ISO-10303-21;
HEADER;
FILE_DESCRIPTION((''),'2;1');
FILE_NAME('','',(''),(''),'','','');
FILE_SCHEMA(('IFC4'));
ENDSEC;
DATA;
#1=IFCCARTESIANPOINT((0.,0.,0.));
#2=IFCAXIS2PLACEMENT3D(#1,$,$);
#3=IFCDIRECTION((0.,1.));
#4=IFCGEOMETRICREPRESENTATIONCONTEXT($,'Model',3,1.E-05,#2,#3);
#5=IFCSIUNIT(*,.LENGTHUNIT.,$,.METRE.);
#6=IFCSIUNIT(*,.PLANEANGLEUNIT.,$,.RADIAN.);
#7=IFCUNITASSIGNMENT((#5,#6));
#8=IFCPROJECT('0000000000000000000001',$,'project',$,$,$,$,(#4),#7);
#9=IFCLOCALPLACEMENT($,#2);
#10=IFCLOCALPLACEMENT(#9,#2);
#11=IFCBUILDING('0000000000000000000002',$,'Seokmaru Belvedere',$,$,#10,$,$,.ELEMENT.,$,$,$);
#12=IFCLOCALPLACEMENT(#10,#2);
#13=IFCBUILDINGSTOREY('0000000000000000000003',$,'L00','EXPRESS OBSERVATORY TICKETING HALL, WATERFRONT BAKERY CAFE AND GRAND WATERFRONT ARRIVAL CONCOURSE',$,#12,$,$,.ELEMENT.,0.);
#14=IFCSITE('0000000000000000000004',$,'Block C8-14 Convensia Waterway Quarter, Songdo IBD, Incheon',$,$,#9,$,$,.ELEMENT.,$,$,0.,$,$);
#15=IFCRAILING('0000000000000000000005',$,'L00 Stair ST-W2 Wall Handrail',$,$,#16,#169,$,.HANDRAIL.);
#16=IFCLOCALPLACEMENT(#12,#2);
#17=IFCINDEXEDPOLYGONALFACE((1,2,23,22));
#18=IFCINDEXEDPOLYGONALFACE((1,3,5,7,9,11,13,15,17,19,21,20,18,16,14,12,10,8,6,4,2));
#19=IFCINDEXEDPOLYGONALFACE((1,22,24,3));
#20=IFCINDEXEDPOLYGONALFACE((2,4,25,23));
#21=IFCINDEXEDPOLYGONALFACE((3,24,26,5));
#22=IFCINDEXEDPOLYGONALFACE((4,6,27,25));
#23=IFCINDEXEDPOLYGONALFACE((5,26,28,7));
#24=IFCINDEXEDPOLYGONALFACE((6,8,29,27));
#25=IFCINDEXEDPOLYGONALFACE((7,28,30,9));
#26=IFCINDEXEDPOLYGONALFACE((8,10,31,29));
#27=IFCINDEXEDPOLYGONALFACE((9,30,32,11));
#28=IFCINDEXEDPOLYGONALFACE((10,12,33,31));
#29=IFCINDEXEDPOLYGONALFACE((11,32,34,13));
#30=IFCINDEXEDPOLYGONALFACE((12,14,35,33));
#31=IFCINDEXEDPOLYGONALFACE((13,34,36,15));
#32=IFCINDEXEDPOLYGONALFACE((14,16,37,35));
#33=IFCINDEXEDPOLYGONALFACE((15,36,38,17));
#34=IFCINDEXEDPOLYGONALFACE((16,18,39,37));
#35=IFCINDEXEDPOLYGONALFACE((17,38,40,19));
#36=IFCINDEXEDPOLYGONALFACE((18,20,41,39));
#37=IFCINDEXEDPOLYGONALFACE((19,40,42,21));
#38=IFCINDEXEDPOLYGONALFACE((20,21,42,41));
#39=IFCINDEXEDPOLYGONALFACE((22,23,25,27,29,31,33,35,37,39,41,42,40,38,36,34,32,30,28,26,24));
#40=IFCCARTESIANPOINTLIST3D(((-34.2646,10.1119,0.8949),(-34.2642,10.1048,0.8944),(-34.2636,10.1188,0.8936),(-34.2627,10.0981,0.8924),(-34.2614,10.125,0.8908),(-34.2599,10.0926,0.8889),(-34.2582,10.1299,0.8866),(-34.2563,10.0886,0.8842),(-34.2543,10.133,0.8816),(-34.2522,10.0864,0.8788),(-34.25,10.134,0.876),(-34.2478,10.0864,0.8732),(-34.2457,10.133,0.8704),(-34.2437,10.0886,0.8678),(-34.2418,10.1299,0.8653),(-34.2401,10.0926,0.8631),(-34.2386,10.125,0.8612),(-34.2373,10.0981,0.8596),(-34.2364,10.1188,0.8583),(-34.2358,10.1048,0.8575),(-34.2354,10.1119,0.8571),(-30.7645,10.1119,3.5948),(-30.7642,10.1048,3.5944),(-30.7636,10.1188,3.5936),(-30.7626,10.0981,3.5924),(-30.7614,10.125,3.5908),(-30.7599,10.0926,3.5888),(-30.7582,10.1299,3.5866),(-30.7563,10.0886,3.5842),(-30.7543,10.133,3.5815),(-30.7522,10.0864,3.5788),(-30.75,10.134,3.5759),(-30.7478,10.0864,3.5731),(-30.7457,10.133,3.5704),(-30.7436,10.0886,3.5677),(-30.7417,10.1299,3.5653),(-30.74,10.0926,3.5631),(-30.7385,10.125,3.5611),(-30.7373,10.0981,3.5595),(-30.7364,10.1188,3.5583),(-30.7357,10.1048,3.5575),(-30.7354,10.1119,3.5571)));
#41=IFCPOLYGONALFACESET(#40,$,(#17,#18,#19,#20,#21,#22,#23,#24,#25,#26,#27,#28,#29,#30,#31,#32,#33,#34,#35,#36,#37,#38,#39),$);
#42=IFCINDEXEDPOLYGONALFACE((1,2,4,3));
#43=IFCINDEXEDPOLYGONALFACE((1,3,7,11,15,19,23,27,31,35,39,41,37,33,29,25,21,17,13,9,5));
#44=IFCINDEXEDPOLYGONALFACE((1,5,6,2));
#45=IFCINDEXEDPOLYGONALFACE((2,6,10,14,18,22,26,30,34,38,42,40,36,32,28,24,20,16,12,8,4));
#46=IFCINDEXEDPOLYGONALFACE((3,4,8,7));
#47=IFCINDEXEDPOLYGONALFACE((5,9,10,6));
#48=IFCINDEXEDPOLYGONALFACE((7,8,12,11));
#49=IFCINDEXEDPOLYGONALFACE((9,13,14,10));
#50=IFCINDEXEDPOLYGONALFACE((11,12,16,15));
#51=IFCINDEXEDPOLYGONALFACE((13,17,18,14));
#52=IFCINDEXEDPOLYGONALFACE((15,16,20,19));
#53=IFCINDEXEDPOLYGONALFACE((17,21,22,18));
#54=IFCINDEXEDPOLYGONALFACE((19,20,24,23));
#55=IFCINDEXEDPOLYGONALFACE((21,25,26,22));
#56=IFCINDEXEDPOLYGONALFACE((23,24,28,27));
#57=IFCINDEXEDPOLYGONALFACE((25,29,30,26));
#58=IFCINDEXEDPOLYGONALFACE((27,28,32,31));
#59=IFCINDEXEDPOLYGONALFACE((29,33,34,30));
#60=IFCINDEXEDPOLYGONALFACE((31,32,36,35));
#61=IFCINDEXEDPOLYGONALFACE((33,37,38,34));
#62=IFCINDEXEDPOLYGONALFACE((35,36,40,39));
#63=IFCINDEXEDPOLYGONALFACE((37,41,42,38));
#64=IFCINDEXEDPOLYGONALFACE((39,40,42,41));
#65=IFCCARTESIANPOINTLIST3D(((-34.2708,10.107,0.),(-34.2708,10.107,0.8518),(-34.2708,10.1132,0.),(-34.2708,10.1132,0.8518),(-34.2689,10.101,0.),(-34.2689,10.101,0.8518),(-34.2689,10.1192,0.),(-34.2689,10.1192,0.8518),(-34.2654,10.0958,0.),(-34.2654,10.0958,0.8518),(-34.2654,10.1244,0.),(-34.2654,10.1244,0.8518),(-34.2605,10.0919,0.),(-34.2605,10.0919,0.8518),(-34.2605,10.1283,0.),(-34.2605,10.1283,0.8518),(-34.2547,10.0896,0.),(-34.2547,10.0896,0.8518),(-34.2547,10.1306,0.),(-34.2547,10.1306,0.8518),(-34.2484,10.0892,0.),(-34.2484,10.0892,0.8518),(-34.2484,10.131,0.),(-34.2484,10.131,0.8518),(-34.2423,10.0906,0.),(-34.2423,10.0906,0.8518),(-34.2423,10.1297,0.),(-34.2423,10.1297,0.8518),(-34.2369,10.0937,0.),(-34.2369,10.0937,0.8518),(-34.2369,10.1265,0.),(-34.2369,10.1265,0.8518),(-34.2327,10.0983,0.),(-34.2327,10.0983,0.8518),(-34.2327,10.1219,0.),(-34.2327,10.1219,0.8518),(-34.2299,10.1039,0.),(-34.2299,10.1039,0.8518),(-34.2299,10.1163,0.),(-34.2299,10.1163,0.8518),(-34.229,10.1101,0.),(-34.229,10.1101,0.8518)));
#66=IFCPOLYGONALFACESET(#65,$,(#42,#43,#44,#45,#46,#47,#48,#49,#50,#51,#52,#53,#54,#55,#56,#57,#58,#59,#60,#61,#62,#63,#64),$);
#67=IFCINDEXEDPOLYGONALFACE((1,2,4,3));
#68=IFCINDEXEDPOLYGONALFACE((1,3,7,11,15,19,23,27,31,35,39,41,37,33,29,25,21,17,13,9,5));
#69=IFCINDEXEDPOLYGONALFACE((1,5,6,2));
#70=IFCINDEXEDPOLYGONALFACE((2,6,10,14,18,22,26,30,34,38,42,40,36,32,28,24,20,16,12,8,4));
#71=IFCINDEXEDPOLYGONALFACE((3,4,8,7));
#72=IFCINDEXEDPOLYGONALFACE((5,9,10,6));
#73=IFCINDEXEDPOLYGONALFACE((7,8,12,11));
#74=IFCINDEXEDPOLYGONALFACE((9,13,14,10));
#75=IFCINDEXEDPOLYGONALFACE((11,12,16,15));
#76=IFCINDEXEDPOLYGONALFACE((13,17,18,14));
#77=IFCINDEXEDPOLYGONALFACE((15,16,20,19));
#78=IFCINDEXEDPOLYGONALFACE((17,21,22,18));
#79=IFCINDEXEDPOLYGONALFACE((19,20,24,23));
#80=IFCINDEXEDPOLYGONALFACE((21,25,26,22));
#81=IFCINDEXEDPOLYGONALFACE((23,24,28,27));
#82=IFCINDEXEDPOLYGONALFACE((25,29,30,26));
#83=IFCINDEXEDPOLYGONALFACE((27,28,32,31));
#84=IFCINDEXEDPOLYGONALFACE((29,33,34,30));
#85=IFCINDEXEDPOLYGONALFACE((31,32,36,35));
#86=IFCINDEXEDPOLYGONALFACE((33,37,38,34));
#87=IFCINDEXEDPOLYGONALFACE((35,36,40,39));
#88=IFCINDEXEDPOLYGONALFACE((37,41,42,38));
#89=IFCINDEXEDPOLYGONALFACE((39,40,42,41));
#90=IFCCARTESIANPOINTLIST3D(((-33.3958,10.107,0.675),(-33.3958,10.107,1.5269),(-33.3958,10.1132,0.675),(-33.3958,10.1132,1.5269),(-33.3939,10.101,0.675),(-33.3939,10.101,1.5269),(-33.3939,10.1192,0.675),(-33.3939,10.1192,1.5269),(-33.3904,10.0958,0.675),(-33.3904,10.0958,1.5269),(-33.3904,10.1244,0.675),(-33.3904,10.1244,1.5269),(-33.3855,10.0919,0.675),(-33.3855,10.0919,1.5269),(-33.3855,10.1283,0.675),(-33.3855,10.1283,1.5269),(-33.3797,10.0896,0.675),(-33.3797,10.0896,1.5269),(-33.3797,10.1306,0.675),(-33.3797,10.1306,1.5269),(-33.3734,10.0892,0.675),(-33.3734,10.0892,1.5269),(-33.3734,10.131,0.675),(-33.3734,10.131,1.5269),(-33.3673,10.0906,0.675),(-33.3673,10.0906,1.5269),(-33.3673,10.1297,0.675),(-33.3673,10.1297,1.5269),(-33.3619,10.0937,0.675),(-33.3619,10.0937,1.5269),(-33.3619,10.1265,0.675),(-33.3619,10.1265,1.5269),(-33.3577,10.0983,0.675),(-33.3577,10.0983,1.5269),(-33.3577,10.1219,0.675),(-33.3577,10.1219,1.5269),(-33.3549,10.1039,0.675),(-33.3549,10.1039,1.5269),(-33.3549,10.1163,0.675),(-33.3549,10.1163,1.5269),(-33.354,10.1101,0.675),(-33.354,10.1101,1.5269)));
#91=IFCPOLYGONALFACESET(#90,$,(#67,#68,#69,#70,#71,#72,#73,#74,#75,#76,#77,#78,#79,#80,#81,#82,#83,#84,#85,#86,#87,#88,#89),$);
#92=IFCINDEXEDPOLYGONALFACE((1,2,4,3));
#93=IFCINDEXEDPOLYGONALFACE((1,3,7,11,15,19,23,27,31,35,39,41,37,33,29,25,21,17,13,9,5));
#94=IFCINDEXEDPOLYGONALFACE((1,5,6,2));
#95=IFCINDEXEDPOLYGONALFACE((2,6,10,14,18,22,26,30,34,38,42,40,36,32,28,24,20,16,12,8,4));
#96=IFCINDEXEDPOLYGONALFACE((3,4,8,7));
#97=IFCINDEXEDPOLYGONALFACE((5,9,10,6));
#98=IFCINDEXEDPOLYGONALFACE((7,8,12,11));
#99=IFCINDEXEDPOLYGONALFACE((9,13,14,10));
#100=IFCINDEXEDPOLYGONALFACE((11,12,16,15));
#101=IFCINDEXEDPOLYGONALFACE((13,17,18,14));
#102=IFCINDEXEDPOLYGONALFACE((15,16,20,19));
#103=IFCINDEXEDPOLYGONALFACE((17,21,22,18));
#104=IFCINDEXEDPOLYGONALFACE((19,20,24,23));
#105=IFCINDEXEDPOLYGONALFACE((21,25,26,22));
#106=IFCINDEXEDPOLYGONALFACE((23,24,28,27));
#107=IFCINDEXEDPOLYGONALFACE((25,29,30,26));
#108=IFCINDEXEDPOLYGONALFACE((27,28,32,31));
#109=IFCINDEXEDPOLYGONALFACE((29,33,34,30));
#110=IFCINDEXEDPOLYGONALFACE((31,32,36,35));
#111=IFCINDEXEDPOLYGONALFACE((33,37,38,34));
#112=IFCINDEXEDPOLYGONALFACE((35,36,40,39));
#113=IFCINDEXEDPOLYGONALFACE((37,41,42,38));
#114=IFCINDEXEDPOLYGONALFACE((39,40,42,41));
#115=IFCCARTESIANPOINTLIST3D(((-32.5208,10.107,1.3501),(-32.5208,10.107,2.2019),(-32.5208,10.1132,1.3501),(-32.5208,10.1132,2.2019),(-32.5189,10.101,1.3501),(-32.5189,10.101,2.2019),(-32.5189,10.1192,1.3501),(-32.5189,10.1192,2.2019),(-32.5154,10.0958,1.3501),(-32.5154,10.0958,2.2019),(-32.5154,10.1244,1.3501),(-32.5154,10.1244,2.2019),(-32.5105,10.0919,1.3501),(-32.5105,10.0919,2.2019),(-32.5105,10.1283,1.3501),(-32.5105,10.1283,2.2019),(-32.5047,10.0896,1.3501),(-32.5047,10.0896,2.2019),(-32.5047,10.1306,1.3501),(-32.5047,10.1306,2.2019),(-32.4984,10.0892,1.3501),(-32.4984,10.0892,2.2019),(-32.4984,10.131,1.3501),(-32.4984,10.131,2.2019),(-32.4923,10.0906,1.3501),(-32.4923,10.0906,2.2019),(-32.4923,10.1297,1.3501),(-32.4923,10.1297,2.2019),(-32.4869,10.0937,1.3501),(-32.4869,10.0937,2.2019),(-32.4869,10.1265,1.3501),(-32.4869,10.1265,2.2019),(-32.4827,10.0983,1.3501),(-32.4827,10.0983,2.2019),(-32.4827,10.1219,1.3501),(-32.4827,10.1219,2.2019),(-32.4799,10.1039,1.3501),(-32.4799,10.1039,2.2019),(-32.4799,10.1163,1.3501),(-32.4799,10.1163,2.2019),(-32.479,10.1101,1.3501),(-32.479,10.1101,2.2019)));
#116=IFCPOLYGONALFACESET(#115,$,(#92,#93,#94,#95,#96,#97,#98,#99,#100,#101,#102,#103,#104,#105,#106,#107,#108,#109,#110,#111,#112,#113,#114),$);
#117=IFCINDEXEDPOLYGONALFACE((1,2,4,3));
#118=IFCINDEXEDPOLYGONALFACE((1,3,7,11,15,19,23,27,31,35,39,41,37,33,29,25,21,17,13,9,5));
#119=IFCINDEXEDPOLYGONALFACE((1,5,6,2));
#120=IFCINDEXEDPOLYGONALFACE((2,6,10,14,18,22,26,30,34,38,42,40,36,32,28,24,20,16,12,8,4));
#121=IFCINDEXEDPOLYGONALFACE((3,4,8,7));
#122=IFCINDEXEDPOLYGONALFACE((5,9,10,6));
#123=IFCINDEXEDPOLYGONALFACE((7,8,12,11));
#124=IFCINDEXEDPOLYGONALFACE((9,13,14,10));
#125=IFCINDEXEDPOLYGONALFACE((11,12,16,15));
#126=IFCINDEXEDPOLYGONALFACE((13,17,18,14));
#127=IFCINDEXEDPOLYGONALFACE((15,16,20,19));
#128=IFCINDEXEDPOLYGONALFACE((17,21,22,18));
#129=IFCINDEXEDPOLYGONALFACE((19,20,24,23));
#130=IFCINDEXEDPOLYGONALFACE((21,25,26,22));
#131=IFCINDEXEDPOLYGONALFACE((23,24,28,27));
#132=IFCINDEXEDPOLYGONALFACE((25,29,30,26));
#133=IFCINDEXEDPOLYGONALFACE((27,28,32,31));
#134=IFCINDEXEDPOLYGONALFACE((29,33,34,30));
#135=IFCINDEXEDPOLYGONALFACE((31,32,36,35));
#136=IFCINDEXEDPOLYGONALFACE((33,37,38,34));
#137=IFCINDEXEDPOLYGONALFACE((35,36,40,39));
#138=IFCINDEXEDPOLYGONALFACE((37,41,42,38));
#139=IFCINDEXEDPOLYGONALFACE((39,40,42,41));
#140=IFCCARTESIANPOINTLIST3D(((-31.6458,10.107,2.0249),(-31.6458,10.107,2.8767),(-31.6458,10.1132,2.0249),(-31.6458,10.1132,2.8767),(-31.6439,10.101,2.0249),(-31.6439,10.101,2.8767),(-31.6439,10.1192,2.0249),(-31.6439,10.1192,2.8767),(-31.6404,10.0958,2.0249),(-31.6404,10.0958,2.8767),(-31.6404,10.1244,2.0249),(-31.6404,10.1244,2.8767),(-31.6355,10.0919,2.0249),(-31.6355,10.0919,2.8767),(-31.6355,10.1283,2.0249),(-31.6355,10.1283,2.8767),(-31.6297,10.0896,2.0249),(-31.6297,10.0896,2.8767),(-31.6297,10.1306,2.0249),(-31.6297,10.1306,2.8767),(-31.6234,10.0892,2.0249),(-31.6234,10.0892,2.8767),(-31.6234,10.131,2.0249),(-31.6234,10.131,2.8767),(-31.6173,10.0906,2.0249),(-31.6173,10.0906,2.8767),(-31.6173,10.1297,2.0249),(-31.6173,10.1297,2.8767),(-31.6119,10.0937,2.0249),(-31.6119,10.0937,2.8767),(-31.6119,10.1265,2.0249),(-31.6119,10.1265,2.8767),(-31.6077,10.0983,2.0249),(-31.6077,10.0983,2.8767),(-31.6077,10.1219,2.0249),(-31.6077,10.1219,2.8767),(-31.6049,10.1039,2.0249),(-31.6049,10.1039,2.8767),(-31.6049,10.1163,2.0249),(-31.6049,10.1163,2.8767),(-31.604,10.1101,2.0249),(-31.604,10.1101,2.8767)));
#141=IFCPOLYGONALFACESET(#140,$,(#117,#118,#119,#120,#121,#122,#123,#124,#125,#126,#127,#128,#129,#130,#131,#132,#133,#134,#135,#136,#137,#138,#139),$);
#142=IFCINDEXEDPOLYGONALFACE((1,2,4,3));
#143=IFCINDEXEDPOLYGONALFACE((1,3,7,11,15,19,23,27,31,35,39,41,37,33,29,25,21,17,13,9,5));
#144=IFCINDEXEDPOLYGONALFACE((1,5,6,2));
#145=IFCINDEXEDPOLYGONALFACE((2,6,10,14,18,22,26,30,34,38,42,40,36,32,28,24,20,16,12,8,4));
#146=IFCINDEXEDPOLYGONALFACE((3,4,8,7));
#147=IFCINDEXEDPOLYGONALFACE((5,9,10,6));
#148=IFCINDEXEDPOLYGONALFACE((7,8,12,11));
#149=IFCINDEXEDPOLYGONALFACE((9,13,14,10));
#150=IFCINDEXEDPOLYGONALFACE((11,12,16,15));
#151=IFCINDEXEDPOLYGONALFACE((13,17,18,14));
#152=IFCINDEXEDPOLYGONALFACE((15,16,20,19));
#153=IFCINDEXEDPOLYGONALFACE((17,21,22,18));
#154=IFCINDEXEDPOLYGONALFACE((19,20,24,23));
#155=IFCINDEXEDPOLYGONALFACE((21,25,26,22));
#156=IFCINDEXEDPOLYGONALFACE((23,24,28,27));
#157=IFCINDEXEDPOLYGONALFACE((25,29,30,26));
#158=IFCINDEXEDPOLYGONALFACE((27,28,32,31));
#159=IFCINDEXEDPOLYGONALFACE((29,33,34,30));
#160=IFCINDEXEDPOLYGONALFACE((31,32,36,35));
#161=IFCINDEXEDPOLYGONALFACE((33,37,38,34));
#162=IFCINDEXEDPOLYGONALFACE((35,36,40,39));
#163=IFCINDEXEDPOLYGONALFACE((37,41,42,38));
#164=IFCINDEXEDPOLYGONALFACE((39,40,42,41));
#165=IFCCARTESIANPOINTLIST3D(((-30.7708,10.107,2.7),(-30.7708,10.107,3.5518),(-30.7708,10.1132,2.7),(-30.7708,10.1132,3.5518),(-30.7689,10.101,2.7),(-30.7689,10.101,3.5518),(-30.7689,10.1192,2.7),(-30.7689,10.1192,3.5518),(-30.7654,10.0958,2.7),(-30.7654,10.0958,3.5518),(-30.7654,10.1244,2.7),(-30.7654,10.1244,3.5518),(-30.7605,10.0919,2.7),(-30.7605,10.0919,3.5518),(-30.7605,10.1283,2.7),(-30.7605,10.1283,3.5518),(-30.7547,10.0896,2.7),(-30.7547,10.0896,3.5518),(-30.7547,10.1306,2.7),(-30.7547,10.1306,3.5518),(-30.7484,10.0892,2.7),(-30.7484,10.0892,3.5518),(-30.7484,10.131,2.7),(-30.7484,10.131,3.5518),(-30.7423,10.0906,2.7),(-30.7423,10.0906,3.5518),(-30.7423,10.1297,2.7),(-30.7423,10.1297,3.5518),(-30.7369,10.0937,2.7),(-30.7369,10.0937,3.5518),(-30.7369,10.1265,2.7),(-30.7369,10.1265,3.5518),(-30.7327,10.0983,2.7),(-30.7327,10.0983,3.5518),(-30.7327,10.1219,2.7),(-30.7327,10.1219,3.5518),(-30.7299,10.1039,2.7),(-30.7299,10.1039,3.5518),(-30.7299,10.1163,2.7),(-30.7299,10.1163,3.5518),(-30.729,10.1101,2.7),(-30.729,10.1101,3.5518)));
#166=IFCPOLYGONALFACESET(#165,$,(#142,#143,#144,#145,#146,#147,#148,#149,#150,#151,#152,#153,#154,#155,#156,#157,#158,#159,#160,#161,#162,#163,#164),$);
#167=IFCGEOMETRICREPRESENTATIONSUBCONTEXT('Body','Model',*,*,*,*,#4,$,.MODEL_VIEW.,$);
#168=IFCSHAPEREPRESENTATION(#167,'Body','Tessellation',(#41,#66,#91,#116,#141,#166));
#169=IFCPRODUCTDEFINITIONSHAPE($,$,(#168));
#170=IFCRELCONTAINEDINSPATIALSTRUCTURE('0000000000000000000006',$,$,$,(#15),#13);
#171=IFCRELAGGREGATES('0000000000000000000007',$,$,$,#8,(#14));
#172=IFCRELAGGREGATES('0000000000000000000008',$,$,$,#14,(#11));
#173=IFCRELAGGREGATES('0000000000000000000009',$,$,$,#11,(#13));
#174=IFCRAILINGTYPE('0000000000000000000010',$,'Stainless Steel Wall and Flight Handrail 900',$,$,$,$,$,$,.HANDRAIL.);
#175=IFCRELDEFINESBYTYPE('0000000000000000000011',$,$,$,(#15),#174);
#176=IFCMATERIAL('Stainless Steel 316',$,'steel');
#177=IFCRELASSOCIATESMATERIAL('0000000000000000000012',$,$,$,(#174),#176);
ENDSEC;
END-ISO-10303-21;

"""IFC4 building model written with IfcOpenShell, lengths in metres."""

from ifc_helpers import new_model, si_unit, direction, frame, origin, origin_2d, place, context, subcontext, project, spatial, circle, extrude, material, type_object, element, save


model = new_model("IFC4")

# Units and contexts
model_context = context("Model", 3, precision=1e-05, world=origin(), true_north=direction((0.0, 1.0)))
body_context = subcontext(model_context, "Body", "Model", "MODEL_VIEW")
ifc_project = project(units=[si_unit("LENGTHUNIT", "METRE"), si_unit("PLANEANGLEUNIT", "RADIAN")], contexts=[model_context])

# Site, building, storey
site_placement = place(None, origin())
site = spatial("IfcSite", under=ifc_project, at=site_placement, Name="Block C8-14 Convensia Waterway Quarter, Songdo IBD, Incheon", CompositionType="ELEMENT", RefElevation=0.0)
building_placement = place(site_placement, origin())
building = spatial("IfcBuilding", under=site, at=building_placement, Name="Seokmaru Belvedere", CompositionType="ELEMENT")
storey_placement = place(building_placement, origin())
storey = spatial("IfcBuildingStorey", under=building, at=storey_placement, Name="L00", Description="EXPRESS OBSERVATORY TICKETING HALL, WATERFRONT BAKERY CAFE AND GRAND WATERFRONT ARRIVAL CONCOURSE", CompositionType="ELEMENT", Elevation=0.0)

# Railing
ifc_material_1 = material(Name="Stainless Steel 316", Category="steel")
railing_type_1 = type_object("IfcRailingType", Name="Stainless Steel Wall and Flight Handrail 900", PredefinedType="HANDRAIL", material=ifc_material_1)
railing_1_placement = place(storey_placement, frame((-34.25, 10.1101, 0.0)))
element("IfcRailing", 1, at=railing_1_placement, inside=storey, type_object=railing_type_1, Name="L00 Stair ST-W2 Wall Handrail", PredefinedType="HANDRAIL", context=body_context, shape_type="SweptSolid", body=[
    extrude(circle(Radius=0.0239, at=origin_2d()), frame((0.0, 0.0, 0.876), z_axis=(0.791788, 0.0, 0.610797), x_axis=(0.0, 1.0, 0.0)), (0.0, 0.0, 1.0), 4.4204),
    extrude(circle(Radius=0.021, at=origin_2d()), origin(), (0.0, 0.0, 1.0), 0.8518),
    extrude(circle(Radius=0.021, at=origin_2d()), frame((0.875, 0.0, 0.675)), (0.0, 0.0, 1.0), 0.8518),
    extrude(circle(Radius=0.021, at=origin_2d()), frame((1.75, 0.0, 1.3501)), (0.0, 0.0, 1.0), 0.8518),
    extrude(circle(Radius=0.021, at=origin_2d()), frame((2.625, 0.0, 2.0249)), (0.0, 0.0, 1.0), 0.8518),
    extrude(circle(Radius=0.021, at=origin_2d()), frame((3.5, 0.0, 2.7)), (0.0, 0.0, 1.0), 0.8518),
])

save(model, "model.ifc")
